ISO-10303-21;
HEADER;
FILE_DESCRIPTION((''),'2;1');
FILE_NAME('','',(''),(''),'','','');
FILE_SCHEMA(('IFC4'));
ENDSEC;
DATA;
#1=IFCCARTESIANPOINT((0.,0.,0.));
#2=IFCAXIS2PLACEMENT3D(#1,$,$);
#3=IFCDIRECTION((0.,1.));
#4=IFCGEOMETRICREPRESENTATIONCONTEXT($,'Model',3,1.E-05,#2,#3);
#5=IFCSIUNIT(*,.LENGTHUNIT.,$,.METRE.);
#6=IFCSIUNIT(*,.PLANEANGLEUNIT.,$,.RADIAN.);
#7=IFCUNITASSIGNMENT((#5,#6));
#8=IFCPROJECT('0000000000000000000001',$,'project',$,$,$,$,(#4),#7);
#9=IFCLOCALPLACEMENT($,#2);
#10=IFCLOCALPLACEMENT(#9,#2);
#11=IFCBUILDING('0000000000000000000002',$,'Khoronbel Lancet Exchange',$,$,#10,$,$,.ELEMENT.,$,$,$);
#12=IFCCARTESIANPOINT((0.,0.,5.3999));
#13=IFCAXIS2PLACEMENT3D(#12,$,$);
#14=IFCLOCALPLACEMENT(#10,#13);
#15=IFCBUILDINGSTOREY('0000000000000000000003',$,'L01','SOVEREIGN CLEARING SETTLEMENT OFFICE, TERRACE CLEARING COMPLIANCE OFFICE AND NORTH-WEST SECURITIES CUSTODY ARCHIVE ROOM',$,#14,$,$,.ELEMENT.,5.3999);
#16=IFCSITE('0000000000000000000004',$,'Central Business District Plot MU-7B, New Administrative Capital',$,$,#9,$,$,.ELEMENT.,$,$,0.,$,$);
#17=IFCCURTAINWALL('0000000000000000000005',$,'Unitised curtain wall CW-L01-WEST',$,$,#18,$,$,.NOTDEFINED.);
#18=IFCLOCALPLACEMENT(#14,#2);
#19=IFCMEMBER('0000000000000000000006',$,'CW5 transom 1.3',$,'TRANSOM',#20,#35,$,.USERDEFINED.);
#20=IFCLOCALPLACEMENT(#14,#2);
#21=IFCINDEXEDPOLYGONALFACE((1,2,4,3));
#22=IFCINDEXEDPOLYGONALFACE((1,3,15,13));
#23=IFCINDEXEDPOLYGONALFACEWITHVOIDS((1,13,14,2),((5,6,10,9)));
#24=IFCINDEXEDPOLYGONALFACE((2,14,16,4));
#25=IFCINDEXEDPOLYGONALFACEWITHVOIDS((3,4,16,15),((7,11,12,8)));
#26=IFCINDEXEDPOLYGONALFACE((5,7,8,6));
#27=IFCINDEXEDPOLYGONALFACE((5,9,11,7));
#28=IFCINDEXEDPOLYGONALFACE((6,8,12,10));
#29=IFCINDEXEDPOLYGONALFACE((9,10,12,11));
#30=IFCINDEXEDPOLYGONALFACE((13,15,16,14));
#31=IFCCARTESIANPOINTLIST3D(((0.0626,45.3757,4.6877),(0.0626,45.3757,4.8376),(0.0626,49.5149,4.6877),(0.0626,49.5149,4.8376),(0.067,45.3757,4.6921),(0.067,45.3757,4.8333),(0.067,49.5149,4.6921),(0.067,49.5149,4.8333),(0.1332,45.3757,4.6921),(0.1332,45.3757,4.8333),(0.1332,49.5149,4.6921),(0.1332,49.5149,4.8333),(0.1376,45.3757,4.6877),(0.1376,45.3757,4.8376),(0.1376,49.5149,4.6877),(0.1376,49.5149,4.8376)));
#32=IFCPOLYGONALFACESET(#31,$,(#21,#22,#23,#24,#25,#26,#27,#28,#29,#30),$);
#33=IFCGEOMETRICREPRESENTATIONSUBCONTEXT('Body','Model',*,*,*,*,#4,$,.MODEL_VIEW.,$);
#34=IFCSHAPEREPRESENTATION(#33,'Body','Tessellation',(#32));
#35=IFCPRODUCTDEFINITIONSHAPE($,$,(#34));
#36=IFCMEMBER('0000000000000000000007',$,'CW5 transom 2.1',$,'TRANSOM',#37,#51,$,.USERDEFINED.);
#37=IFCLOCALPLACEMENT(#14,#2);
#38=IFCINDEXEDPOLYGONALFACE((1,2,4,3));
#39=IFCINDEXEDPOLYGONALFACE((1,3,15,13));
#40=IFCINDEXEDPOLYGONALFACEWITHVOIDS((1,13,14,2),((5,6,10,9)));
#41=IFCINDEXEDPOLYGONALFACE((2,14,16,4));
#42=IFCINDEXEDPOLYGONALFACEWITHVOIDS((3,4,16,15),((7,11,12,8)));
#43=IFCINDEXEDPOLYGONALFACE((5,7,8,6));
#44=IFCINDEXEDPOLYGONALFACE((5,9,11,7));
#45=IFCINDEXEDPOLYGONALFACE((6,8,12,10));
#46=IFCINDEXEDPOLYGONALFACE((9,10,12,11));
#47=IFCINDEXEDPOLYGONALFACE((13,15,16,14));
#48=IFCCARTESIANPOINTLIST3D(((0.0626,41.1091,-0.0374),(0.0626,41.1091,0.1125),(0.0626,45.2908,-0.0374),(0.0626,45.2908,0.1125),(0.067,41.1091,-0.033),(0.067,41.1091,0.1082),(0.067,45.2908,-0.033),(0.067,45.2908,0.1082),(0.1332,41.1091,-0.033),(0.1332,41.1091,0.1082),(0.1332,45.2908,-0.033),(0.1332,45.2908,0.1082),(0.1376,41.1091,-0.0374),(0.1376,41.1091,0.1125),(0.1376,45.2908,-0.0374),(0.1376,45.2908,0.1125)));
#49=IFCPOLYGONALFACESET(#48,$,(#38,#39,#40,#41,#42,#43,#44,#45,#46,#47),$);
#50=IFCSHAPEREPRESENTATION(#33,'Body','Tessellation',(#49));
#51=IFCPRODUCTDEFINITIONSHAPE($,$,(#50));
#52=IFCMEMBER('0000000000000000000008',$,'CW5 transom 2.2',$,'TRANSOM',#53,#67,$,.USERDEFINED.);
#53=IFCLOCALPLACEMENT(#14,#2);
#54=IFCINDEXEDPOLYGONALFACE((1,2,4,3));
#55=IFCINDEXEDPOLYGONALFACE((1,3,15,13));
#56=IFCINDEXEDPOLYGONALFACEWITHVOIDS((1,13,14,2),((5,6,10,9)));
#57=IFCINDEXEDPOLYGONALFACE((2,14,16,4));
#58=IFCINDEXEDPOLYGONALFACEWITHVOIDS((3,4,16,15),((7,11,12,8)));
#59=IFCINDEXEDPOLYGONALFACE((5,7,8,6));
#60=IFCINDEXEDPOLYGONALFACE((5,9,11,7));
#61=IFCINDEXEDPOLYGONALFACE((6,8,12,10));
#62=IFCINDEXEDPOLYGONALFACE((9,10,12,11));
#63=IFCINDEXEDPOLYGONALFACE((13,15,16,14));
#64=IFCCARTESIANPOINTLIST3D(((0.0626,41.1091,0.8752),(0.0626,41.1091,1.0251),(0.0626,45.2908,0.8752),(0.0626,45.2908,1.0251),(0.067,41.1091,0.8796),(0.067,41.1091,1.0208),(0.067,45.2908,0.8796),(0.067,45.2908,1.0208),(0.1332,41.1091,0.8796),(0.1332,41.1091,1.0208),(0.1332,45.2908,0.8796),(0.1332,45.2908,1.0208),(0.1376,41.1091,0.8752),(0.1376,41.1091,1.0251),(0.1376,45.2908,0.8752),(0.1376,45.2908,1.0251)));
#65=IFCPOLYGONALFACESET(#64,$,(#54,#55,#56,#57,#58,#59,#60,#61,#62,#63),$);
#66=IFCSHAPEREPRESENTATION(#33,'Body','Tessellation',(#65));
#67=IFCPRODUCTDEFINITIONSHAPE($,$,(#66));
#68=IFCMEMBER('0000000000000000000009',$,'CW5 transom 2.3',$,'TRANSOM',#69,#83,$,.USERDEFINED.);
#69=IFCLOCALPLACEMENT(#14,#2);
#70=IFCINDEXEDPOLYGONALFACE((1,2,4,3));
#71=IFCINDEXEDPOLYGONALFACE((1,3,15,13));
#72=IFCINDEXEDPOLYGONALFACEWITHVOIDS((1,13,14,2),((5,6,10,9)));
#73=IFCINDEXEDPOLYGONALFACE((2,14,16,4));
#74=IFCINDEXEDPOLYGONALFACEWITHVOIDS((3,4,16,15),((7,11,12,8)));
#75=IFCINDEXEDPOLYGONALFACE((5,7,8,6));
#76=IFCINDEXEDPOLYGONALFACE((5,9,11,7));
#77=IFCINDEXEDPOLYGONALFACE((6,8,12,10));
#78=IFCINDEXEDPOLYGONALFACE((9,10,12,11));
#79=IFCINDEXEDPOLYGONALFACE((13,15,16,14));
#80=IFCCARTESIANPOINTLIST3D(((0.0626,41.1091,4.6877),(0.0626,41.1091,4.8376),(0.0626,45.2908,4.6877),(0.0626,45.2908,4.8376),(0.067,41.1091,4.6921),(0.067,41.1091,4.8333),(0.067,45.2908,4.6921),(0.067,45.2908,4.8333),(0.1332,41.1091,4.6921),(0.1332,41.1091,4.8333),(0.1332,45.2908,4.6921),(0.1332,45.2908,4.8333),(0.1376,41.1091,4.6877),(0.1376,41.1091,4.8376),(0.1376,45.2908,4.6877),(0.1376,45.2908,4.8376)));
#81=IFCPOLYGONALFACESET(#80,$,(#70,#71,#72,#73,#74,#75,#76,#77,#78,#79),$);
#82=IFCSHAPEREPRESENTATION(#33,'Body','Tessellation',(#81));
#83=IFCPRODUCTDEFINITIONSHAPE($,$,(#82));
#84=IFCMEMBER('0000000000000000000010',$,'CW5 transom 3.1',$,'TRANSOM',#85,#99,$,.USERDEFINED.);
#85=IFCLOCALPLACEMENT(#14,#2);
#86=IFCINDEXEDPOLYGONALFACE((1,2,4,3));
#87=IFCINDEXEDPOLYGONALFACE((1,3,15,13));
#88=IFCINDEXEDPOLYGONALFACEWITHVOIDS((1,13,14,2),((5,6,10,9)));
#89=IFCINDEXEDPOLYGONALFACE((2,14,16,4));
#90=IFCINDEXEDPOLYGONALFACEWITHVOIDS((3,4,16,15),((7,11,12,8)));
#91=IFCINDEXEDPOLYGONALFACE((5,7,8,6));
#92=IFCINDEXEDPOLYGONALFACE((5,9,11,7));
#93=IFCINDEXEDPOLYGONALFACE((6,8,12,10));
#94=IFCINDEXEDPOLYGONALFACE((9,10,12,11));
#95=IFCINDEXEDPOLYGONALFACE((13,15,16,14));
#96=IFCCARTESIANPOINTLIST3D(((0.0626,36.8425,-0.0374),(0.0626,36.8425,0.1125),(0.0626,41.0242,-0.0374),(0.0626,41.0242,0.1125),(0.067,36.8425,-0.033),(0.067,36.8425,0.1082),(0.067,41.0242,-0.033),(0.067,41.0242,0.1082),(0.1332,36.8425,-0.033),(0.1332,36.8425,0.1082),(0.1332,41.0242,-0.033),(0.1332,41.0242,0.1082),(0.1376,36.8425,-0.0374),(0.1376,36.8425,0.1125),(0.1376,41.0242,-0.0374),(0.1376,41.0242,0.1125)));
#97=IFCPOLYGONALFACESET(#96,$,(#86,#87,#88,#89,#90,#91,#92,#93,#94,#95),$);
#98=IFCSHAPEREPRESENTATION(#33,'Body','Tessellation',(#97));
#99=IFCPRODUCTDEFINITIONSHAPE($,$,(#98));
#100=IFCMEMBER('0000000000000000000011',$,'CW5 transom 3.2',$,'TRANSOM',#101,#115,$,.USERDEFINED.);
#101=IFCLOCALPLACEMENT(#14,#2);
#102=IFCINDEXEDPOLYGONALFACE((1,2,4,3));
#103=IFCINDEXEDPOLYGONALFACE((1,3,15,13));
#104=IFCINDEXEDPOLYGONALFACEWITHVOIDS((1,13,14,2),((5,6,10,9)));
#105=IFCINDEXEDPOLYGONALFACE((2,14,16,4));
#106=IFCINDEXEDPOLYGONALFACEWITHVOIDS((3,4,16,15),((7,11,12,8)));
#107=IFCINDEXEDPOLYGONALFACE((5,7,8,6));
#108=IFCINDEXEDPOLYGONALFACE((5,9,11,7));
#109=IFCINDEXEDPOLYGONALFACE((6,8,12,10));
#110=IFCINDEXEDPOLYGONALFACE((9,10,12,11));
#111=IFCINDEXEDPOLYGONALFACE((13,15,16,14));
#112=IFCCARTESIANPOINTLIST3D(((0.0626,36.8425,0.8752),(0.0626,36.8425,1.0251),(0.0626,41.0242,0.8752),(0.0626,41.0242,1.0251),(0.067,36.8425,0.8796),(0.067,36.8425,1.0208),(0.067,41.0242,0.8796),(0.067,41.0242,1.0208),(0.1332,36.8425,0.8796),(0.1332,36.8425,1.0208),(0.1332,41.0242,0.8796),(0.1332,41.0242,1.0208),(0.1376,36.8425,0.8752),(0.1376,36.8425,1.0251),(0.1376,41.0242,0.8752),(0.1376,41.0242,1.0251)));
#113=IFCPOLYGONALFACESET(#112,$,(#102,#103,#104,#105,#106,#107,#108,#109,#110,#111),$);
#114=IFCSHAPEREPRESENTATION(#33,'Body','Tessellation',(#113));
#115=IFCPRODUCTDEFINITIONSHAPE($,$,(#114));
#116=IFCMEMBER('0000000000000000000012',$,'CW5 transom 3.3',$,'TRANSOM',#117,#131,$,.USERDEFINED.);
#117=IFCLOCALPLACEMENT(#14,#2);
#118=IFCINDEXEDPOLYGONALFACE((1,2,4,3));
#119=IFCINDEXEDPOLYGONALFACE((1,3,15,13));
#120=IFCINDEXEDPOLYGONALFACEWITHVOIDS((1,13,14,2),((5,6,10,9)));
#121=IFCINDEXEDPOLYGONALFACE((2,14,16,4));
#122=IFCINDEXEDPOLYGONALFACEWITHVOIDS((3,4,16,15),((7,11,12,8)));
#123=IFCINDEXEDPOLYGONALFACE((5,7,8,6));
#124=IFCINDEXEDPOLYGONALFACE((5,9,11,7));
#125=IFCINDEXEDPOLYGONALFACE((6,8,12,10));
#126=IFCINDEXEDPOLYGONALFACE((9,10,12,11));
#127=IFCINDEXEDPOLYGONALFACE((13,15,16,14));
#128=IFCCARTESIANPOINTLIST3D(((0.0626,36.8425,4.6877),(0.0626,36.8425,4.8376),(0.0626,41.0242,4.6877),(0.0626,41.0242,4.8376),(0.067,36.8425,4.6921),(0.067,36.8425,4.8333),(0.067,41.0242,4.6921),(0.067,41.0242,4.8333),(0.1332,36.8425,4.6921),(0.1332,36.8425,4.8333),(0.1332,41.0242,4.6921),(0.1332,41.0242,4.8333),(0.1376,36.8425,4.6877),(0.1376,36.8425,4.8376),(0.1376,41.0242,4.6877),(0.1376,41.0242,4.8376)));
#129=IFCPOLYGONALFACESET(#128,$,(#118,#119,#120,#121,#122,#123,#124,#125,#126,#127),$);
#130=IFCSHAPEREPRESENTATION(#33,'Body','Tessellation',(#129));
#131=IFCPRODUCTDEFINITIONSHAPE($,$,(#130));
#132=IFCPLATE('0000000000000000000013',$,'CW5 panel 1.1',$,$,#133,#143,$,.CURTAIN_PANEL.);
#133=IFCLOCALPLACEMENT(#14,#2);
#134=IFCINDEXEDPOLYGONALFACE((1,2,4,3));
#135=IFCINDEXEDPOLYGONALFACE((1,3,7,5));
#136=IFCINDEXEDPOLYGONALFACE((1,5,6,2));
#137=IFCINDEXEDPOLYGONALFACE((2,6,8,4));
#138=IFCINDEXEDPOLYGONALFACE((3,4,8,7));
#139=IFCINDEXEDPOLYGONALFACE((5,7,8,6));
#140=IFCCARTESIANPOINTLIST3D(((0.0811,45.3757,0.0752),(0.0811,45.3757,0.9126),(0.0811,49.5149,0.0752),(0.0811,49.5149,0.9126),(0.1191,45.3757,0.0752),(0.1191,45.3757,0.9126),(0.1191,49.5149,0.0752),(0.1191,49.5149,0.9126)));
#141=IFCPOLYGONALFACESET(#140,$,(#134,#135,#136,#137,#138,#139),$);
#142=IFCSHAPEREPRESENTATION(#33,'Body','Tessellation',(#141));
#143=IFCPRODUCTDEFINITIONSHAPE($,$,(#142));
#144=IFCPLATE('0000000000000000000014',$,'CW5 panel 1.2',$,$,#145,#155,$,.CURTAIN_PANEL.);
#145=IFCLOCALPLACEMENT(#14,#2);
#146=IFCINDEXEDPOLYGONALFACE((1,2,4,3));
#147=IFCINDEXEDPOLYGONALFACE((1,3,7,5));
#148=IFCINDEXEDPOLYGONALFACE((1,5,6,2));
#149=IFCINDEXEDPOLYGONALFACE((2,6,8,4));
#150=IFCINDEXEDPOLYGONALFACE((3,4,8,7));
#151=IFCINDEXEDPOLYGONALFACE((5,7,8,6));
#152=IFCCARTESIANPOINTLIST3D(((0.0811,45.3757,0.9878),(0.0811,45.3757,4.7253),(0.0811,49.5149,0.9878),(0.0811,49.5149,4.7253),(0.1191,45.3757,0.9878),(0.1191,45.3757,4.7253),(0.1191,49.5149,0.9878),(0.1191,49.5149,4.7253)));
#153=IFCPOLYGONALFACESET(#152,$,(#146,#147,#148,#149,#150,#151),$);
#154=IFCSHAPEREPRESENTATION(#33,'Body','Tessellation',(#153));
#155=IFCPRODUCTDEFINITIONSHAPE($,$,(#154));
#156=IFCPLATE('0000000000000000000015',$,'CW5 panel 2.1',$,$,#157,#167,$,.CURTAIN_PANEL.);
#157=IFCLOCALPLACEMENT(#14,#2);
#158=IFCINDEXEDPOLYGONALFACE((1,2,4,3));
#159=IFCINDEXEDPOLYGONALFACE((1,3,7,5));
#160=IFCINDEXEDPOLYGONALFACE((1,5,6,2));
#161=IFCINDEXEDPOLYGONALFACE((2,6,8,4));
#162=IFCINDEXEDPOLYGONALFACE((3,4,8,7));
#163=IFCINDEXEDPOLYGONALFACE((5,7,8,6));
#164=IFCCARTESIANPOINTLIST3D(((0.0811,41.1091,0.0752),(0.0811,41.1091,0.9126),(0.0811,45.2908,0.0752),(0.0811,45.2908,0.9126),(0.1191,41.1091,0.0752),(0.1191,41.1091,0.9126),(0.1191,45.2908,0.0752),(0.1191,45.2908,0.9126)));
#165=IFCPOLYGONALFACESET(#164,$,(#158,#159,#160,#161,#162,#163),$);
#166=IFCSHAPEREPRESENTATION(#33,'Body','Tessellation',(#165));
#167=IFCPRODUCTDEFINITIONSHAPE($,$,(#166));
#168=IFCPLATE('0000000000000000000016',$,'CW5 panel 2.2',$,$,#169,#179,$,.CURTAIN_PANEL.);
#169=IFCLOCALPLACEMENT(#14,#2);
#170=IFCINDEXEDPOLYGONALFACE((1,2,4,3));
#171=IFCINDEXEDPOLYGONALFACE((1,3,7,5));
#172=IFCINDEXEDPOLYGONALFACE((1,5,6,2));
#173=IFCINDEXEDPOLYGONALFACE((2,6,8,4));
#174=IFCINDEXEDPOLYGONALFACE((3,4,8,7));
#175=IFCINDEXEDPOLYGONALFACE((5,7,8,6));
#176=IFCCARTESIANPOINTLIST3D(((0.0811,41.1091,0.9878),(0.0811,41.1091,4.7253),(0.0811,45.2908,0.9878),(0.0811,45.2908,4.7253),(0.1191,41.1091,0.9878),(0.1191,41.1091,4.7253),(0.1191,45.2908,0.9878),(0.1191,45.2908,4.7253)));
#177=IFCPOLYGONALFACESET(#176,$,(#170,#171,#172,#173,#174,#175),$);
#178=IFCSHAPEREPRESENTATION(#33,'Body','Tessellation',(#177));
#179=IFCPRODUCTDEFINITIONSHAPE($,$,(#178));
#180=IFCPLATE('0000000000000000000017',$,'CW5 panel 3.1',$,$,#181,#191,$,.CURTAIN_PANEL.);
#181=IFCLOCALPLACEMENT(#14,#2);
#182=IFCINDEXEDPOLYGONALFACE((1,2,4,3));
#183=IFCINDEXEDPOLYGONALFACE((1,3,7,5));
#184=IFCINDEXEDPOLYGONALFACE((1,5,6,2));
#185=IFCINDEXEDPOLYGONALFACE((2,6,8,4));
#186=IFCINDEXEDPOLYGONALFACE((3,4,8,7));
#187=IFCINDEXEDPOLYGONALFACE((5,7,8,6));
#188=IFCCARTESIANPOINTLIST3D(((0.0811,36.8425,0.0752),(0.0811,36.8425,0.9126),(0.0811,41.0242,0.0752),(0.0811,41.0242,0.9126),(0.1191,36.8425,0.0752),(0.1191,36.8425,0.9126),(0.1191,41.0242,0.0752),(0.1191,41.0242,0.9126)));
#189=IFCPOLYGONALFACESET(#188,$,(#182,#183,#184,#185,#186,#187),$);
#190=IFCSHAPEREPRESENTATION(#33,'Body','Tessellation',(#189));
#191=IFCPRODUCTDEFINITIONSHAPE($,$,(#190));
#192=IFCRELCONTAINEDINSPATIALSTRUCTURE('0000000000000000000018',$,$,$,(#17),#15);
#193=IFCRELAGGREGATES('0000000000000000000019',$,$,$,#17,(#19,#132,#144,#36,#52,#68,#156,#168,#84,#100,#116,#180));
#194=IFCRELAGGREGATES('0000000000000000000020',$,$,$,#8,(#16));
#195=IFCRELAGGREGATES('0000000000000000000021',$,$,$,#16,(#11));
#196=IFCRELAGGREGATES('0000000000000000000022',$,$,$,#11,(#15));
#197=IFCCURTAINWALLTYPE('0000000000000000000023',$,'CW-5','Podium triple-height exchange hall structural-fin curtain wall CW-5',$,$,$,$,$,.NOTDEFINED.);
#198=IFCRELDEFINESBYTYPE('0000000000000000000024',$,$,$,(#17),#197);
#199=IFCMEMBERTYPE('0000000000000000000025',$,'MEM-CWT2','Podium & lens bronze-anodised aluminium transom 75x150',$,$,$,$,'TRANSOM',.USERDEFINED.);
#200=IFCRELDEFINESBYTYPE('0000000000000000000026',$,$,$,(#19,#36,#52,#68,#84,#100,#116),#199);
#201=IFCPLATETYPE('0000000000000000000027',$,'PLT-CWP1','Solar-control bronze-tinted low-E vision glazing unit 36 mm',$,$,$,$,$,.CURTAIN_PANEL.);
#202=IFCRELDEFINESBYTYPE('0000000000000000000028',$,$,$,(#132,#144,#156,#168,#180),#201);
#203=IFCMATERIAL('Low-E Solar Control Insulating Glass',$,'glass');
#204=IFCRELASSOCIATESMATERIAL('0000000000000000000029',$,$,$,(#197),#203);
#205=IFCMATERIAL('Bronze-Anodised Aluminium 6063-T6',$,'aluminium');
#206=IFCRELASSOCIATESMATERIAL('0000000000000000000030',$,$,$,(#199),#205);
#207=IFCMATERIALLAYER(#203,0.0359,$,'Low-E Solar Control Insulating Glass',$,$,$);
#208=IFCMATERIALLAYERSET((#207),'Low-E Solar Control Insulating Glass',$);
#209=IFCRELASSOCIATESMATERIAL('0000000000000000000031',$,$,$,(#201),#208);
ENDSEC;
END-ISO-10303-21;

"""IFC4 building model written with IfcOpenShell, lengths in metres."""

from ifc_helpers import new_model, si_unit, direction, frame, origin, origin_2d, place, context, subcontext, project, spatial, rectangle, hollow_rectangle, extrude, material, layer, layer_set, material_profile, profile_set, type_object, element, aggregate, save


model = new_model("IFC4")

# Units and contexts
model_context = context("Model", 3, precision=1e-05, world=origin(), true_north=direction((0.0, 1.0)))
body_context = subcontext(model_context, "Body", "Model", "MODEL_VIEW")
ifc_project = project(units=[si_unit("LENGTHUNIT", "METRE"), si_unit("PLANEANGLEUNIT", "RADIAN")], contexts=[model_context])

# Site, building, storey
site_placement = place(None, origin())
site = spatial("IfcSite", under=ifc_project, at=site_placement, Name="Central Business District Plot MU-7B, New Administrative Capital", CompositionType="ELEMENT", RefElevation=0.0)
building_placement = place(site_placement, origin())
building = spatial("IfcBuilding", under=site, at=building_placement, Name="Khoronbel Lancet Exchange", CompositionType="ELEMENT")
storey_placement = place(building_placement, frame((0.0, 0.0, 5.3999)))
storey = spatial("IfcBuildingStorey", under=building, at=storey_placement, Name="L01", Description="SOVEREIGN CLEARING SETTLEMENT OFFICE, TERRACE CLEARING COMPLIANCE OFFICE AND NORTH-WEST SECURITIES CUSTODY ARCHIVE ROOM", CompositionType="ELEMENT", Elevation=5.3999)

# Curtain wall, members, plates
ifc_material_1 = material(Name="Low-E Solar Control Insulating Glass", Category="glass")
curtain_wall_type = type_object("IfcCurtainWallType", Name="CW-5", Description="Podium triple-height exchange hall structural-fin curtain wall CW-5", PredefinedType="NOTDEFINED", material=ifc_material_1)
curtain_wall_placement = place(storey_placement, origin())
curtain_wall = element("IfcCurtainWall", 1, at=curtain_wall_placement, inside=storey, type_object=curtain_wall_type, Name="Unitised curtain wall CW-L01-WEST", PredefinedType="NOTDEFINED")
ifc_material_2 = material(Name="Bronze-Anodised Aluminium 6063-T6", Category="aluminium")
ifc_material_profile_1 = material_profile(ifc_material_2, hollow_rectangle(XDim=0.075, YDim=0.1499, WallThickness=0.0044, at=origin_2d()), Name="ALU TRANSOM 75x150")
ifc_profile_set_1 = profile_set([ifc_material_profile_1], Name="Bronze-Anodised Aluminium 6063-T6")
member_type_1 = type_object("IfcMemberType", Name="MEM-CWT2", Description="Podium & lens bronze-anodised aluminium transom 75x150", ElementType="TRANSOM", PredefinedType="USERDEFINED", material=ifc_profile_set_1)
member_1_placement = place(storey_placement, frame((0.1001, 49.5149, 4.7627), z_axis=(0.0, -1.0, 0.0), x_axis=(1.0, 0.0, 0.0)))
member_1 = element("IfcMember", 2, at=member_1_placement, type_object=member_type_1, Name="CW5 transom 1.3", ObjectType="TRANSOM", PredefinedType="USERDEFINED", context=body_context, shape_type="SweptSolid", body=[
    extrude(hollow_rectangle(XDim=0.075, YDim=0.1499, WallThickness=0.0044, at=origin_2d()), origin(), (0.0, 0.0, 1.0), 4.1392),
])
member_2_placement = place(storey_placement, frame((0.1001, 45.2908, 0.0376), z_axis=(0.0, -1.0, 0.0), x_axis=(1.0, 0.0, 0.0)))
member_2 = element("IfcMember", 3, at=member_2_placement, type_object=member_type_1, Name="CW5 transom 2.1", ObjectType="TRANSOM", PredefinedType="USERDEFINED", context=body_context, shape_type="SweptSolid", body=[
    extrude(hollow_rectangle(XDim=0.075, YDim=0.1499, WallThickness=0.0044, at=origin_2d()), origin(), (0.0, 0.0, 1.0), 4.1816),
])
member_3_placement = place(storey_placement, frame((0.1001, 45.2908, 0.9502), z_axis=(0.0, -1.0, 0.0), x_axis=(1.0, 0.0, 0.0)))
member_3 = element("IfcMember", 4, at=member_3_placement, type_object=member_type_1, Name="CW5 transom 2.2", ObjectType="TRANSOM", PredefinedType="USERDEFINED", context=body_context, shape_type="SweptSolid", body=[
    extrude(hollow_rectangle(XDim=0.075, YDim=0.1499, WallThickness=0.0044, at=origin_2d()), origin(), (0.0, 0.0, 1.0), 4.1816),
])
member_4_placement = place(storey_placement, frame((0.1001, 45.2908, 4.7627), z_axis=(0.0, -1.0, 0.0), x_axis=(1.0, 0.0, 0.0)))
member_4 = element("IfcMember", 5, at=member_4_placement, type_object=member_type_1, Name="CW5 transom 2.3", ObjectType="TRANSOM", PredefinedType="USERDEFINED", context=body_context, shape_type="SweptSolid", body=[
    extrude(hollow_rectangle(XDim=0.075, YDim=0.1499, WallThickness=0.0044, at=origin_2d()), origin(), (0.0, 0.0, 1.0), 4.1816),
])
member_5_placement = place(storey_placement, frame((0.1001, 41.0242, 0.0376), z_axis=(0.0, -1.0, 0.0), x_axis=(1.0, 0.0, 0.0)))
member_5 = element("IfcMember", 6, at=member_5_placement, type_object=member_type_1, Name="CW5 transom 3.1", ObjectType="TRANSOM", PredefinedType="USERDEFINED", context=body_context, shape_type="SweptSolid", body=[
    extrude(hollow_rectangle(XDim=0.075, YDim=0.1499, WallThickness=0.0044, at=origin_2d()), origin(), (0.0, 0.0, 1.0), 4.1816),
])
member_6_placement = place(storey_placement, frame((0.1001, 41.0242, 0.9502), z_axis=(0.0, -1.0, 0.0), x_axis=(1.0, 0.0, 0.0)))
member_6 = element("IfcMember", 7, at=member_6_placement, type_object=member_type_1, Name="CW5 transom 3.2", ObjectType="TRANSOM", PredefinedType="USERDEFINED", context=body_context, shape_type="SweptSolid", body=[
    extrude(hollow_rectangle(XDim=0.075, YDim=0.1499, WallThickness=0.0044, at=origin_2d()), origin(), (0.0, 0.0, 1.0), 4.1816),
])
member_7_placement = place(storey_placement, frame((0.1001, 41.0242, 4.7627), z_axis=(0.0, -1.0, 0.0), x_axis=(1.0, 0.0, 0.0)))
member_7 = element("IfcMember", 8, at=member_7_placement, type_object=member_type_1, Name="CW5 transom 3.3", ObjectType="TRANSOM", PredefinedType="USERDEFINED", context=body_context, shape_type="SweptSolid", body=[
    extrude(hollow_rectangle(XDim=0.075, YDim=0.1499, WallThickness=0.0044, at=origin_2d()), origin(), (0.0, 0.0, 1.0), 4.1816),
])
ifc_layer_1 = layer(ifc_material_1, 0.0359, Name="Low-E Solar Control Insulating Glass")
ifc_layer_set_1 = layer_set([ifc_layer_1], Name="Low-E Solar Control Insulating Glass")
plate_type = type_object("IfcPlateType", Name="PLT-CWP1", Description="Solar-control bronze-tinted low-E vision glazing unit 36 mm", PredefinedType="CURTAIN_PANEL", material=ifc_layer_set_1)
plate_1_placement = place(storey_placement, frame((0.1001, 47.4453, 0.0752), z_axis=(0.0, 0.0, 1.0), x_axis=(0.0, -1.0, 0.0)))
plate_1 = element("IfcPlate", 9, at=plate_1_placement, type_object=plate_type, Name="CW5 panel 1.1", PredefinedType="CURTAIN_PANEL", context=body_context, shape_type="SweptSolid", body=[
    extrude(rectangle(XDim=4.1392, YDim=0.0381, at=origin_2d()), origin(), (0.0, 0.0, 1.0), 0.8374),
])
plate_2_placement = place(storey_placement, frame((0.1001, 47.4453, 0.9878), z_axis=(0.0, 0.0, 1.0), x_axis=(0.0, -1.0, 0.0)))
plate_2 = element("IfcPlate", 10, at=plate_2_placement, type_object=plate_type, Name="CW5 panel 1.2", PredefinedType="CURTAIN_PANEL", context=body_context, shape_type="SweptSolid", body=[
    extrude(rectangle(XDim=4.1392, YDim=0.0381, at=origin_2d()), origin(), (0.0, 0.0, 1.0), 3.7375),
])
plate_3_placement = place(storey_placement, frame((0.1001, 43.2, 0.0752), z_axis=(0.0, 0.0, 1.0), x_axis=(0.0, -1.0, 0.0)))
plate_3 = element("IfcPlate", 11, at=plate_3_placement, type_object=plate_type, Name="CW5 panel 2.1", PredefinedType="CURTAIN_PANEL", context=body_context, shape_type="SweptSolid", body=[
    extrude(rectangle(XDim=4.1816, YDim=0.0381, at=origin_2d()), origin(), (0.0, 0.0, 1.0), 0.8374),
])
plate_4_placement = place(storey_placement, frame((0.1001, 43.2, 0.9878), z_axis=(0.0, 0.0, 1.0), x_axis=(0.0, -1.0, 0.0)))
plate_4 = element("IfcPlate", 12, at=plate_4_placement, type_object=plate_type, Name="CW5 panel 2.2", PredefinedType="CURTAIN_PANEL", context=body_context, shape_type="SweptSolid", body=[
    extrude(rectangle(XDim=4.1816, YDim=0.0381, at=origin_2d()), origin(), (0.0, 0.0, 1.0), 3.7375),
])
plate_5_placement = place(storey_placement, frame((0.1001, 38.9333, 0.0752), z_axis=(0.0, 0.0, 1.0), x_axis=(0.0, -1.0, 0.0)))
plate_5 = element("IfcPlate", 13, at=plate_5_placement, type_object=plate_type, Name="CW5 panel 3.1", PredefinedType="CURTAIN_PANEL", context=body_context, shape_type="SweptSolid", body=[
    extrude(rectangle(XDim=4.1816, YDim=0.0381, at=origin_2d()), origin(), (0.0, 0.0, 1.0), 0.8374),
])
aggregate(curtain_wall, [member_1, plate_1, plate_2, member_2, member_3, member_4, plate_3, plate_4, member_5, member_6, member_7, plate_5])

save(model, "model.ifc")
